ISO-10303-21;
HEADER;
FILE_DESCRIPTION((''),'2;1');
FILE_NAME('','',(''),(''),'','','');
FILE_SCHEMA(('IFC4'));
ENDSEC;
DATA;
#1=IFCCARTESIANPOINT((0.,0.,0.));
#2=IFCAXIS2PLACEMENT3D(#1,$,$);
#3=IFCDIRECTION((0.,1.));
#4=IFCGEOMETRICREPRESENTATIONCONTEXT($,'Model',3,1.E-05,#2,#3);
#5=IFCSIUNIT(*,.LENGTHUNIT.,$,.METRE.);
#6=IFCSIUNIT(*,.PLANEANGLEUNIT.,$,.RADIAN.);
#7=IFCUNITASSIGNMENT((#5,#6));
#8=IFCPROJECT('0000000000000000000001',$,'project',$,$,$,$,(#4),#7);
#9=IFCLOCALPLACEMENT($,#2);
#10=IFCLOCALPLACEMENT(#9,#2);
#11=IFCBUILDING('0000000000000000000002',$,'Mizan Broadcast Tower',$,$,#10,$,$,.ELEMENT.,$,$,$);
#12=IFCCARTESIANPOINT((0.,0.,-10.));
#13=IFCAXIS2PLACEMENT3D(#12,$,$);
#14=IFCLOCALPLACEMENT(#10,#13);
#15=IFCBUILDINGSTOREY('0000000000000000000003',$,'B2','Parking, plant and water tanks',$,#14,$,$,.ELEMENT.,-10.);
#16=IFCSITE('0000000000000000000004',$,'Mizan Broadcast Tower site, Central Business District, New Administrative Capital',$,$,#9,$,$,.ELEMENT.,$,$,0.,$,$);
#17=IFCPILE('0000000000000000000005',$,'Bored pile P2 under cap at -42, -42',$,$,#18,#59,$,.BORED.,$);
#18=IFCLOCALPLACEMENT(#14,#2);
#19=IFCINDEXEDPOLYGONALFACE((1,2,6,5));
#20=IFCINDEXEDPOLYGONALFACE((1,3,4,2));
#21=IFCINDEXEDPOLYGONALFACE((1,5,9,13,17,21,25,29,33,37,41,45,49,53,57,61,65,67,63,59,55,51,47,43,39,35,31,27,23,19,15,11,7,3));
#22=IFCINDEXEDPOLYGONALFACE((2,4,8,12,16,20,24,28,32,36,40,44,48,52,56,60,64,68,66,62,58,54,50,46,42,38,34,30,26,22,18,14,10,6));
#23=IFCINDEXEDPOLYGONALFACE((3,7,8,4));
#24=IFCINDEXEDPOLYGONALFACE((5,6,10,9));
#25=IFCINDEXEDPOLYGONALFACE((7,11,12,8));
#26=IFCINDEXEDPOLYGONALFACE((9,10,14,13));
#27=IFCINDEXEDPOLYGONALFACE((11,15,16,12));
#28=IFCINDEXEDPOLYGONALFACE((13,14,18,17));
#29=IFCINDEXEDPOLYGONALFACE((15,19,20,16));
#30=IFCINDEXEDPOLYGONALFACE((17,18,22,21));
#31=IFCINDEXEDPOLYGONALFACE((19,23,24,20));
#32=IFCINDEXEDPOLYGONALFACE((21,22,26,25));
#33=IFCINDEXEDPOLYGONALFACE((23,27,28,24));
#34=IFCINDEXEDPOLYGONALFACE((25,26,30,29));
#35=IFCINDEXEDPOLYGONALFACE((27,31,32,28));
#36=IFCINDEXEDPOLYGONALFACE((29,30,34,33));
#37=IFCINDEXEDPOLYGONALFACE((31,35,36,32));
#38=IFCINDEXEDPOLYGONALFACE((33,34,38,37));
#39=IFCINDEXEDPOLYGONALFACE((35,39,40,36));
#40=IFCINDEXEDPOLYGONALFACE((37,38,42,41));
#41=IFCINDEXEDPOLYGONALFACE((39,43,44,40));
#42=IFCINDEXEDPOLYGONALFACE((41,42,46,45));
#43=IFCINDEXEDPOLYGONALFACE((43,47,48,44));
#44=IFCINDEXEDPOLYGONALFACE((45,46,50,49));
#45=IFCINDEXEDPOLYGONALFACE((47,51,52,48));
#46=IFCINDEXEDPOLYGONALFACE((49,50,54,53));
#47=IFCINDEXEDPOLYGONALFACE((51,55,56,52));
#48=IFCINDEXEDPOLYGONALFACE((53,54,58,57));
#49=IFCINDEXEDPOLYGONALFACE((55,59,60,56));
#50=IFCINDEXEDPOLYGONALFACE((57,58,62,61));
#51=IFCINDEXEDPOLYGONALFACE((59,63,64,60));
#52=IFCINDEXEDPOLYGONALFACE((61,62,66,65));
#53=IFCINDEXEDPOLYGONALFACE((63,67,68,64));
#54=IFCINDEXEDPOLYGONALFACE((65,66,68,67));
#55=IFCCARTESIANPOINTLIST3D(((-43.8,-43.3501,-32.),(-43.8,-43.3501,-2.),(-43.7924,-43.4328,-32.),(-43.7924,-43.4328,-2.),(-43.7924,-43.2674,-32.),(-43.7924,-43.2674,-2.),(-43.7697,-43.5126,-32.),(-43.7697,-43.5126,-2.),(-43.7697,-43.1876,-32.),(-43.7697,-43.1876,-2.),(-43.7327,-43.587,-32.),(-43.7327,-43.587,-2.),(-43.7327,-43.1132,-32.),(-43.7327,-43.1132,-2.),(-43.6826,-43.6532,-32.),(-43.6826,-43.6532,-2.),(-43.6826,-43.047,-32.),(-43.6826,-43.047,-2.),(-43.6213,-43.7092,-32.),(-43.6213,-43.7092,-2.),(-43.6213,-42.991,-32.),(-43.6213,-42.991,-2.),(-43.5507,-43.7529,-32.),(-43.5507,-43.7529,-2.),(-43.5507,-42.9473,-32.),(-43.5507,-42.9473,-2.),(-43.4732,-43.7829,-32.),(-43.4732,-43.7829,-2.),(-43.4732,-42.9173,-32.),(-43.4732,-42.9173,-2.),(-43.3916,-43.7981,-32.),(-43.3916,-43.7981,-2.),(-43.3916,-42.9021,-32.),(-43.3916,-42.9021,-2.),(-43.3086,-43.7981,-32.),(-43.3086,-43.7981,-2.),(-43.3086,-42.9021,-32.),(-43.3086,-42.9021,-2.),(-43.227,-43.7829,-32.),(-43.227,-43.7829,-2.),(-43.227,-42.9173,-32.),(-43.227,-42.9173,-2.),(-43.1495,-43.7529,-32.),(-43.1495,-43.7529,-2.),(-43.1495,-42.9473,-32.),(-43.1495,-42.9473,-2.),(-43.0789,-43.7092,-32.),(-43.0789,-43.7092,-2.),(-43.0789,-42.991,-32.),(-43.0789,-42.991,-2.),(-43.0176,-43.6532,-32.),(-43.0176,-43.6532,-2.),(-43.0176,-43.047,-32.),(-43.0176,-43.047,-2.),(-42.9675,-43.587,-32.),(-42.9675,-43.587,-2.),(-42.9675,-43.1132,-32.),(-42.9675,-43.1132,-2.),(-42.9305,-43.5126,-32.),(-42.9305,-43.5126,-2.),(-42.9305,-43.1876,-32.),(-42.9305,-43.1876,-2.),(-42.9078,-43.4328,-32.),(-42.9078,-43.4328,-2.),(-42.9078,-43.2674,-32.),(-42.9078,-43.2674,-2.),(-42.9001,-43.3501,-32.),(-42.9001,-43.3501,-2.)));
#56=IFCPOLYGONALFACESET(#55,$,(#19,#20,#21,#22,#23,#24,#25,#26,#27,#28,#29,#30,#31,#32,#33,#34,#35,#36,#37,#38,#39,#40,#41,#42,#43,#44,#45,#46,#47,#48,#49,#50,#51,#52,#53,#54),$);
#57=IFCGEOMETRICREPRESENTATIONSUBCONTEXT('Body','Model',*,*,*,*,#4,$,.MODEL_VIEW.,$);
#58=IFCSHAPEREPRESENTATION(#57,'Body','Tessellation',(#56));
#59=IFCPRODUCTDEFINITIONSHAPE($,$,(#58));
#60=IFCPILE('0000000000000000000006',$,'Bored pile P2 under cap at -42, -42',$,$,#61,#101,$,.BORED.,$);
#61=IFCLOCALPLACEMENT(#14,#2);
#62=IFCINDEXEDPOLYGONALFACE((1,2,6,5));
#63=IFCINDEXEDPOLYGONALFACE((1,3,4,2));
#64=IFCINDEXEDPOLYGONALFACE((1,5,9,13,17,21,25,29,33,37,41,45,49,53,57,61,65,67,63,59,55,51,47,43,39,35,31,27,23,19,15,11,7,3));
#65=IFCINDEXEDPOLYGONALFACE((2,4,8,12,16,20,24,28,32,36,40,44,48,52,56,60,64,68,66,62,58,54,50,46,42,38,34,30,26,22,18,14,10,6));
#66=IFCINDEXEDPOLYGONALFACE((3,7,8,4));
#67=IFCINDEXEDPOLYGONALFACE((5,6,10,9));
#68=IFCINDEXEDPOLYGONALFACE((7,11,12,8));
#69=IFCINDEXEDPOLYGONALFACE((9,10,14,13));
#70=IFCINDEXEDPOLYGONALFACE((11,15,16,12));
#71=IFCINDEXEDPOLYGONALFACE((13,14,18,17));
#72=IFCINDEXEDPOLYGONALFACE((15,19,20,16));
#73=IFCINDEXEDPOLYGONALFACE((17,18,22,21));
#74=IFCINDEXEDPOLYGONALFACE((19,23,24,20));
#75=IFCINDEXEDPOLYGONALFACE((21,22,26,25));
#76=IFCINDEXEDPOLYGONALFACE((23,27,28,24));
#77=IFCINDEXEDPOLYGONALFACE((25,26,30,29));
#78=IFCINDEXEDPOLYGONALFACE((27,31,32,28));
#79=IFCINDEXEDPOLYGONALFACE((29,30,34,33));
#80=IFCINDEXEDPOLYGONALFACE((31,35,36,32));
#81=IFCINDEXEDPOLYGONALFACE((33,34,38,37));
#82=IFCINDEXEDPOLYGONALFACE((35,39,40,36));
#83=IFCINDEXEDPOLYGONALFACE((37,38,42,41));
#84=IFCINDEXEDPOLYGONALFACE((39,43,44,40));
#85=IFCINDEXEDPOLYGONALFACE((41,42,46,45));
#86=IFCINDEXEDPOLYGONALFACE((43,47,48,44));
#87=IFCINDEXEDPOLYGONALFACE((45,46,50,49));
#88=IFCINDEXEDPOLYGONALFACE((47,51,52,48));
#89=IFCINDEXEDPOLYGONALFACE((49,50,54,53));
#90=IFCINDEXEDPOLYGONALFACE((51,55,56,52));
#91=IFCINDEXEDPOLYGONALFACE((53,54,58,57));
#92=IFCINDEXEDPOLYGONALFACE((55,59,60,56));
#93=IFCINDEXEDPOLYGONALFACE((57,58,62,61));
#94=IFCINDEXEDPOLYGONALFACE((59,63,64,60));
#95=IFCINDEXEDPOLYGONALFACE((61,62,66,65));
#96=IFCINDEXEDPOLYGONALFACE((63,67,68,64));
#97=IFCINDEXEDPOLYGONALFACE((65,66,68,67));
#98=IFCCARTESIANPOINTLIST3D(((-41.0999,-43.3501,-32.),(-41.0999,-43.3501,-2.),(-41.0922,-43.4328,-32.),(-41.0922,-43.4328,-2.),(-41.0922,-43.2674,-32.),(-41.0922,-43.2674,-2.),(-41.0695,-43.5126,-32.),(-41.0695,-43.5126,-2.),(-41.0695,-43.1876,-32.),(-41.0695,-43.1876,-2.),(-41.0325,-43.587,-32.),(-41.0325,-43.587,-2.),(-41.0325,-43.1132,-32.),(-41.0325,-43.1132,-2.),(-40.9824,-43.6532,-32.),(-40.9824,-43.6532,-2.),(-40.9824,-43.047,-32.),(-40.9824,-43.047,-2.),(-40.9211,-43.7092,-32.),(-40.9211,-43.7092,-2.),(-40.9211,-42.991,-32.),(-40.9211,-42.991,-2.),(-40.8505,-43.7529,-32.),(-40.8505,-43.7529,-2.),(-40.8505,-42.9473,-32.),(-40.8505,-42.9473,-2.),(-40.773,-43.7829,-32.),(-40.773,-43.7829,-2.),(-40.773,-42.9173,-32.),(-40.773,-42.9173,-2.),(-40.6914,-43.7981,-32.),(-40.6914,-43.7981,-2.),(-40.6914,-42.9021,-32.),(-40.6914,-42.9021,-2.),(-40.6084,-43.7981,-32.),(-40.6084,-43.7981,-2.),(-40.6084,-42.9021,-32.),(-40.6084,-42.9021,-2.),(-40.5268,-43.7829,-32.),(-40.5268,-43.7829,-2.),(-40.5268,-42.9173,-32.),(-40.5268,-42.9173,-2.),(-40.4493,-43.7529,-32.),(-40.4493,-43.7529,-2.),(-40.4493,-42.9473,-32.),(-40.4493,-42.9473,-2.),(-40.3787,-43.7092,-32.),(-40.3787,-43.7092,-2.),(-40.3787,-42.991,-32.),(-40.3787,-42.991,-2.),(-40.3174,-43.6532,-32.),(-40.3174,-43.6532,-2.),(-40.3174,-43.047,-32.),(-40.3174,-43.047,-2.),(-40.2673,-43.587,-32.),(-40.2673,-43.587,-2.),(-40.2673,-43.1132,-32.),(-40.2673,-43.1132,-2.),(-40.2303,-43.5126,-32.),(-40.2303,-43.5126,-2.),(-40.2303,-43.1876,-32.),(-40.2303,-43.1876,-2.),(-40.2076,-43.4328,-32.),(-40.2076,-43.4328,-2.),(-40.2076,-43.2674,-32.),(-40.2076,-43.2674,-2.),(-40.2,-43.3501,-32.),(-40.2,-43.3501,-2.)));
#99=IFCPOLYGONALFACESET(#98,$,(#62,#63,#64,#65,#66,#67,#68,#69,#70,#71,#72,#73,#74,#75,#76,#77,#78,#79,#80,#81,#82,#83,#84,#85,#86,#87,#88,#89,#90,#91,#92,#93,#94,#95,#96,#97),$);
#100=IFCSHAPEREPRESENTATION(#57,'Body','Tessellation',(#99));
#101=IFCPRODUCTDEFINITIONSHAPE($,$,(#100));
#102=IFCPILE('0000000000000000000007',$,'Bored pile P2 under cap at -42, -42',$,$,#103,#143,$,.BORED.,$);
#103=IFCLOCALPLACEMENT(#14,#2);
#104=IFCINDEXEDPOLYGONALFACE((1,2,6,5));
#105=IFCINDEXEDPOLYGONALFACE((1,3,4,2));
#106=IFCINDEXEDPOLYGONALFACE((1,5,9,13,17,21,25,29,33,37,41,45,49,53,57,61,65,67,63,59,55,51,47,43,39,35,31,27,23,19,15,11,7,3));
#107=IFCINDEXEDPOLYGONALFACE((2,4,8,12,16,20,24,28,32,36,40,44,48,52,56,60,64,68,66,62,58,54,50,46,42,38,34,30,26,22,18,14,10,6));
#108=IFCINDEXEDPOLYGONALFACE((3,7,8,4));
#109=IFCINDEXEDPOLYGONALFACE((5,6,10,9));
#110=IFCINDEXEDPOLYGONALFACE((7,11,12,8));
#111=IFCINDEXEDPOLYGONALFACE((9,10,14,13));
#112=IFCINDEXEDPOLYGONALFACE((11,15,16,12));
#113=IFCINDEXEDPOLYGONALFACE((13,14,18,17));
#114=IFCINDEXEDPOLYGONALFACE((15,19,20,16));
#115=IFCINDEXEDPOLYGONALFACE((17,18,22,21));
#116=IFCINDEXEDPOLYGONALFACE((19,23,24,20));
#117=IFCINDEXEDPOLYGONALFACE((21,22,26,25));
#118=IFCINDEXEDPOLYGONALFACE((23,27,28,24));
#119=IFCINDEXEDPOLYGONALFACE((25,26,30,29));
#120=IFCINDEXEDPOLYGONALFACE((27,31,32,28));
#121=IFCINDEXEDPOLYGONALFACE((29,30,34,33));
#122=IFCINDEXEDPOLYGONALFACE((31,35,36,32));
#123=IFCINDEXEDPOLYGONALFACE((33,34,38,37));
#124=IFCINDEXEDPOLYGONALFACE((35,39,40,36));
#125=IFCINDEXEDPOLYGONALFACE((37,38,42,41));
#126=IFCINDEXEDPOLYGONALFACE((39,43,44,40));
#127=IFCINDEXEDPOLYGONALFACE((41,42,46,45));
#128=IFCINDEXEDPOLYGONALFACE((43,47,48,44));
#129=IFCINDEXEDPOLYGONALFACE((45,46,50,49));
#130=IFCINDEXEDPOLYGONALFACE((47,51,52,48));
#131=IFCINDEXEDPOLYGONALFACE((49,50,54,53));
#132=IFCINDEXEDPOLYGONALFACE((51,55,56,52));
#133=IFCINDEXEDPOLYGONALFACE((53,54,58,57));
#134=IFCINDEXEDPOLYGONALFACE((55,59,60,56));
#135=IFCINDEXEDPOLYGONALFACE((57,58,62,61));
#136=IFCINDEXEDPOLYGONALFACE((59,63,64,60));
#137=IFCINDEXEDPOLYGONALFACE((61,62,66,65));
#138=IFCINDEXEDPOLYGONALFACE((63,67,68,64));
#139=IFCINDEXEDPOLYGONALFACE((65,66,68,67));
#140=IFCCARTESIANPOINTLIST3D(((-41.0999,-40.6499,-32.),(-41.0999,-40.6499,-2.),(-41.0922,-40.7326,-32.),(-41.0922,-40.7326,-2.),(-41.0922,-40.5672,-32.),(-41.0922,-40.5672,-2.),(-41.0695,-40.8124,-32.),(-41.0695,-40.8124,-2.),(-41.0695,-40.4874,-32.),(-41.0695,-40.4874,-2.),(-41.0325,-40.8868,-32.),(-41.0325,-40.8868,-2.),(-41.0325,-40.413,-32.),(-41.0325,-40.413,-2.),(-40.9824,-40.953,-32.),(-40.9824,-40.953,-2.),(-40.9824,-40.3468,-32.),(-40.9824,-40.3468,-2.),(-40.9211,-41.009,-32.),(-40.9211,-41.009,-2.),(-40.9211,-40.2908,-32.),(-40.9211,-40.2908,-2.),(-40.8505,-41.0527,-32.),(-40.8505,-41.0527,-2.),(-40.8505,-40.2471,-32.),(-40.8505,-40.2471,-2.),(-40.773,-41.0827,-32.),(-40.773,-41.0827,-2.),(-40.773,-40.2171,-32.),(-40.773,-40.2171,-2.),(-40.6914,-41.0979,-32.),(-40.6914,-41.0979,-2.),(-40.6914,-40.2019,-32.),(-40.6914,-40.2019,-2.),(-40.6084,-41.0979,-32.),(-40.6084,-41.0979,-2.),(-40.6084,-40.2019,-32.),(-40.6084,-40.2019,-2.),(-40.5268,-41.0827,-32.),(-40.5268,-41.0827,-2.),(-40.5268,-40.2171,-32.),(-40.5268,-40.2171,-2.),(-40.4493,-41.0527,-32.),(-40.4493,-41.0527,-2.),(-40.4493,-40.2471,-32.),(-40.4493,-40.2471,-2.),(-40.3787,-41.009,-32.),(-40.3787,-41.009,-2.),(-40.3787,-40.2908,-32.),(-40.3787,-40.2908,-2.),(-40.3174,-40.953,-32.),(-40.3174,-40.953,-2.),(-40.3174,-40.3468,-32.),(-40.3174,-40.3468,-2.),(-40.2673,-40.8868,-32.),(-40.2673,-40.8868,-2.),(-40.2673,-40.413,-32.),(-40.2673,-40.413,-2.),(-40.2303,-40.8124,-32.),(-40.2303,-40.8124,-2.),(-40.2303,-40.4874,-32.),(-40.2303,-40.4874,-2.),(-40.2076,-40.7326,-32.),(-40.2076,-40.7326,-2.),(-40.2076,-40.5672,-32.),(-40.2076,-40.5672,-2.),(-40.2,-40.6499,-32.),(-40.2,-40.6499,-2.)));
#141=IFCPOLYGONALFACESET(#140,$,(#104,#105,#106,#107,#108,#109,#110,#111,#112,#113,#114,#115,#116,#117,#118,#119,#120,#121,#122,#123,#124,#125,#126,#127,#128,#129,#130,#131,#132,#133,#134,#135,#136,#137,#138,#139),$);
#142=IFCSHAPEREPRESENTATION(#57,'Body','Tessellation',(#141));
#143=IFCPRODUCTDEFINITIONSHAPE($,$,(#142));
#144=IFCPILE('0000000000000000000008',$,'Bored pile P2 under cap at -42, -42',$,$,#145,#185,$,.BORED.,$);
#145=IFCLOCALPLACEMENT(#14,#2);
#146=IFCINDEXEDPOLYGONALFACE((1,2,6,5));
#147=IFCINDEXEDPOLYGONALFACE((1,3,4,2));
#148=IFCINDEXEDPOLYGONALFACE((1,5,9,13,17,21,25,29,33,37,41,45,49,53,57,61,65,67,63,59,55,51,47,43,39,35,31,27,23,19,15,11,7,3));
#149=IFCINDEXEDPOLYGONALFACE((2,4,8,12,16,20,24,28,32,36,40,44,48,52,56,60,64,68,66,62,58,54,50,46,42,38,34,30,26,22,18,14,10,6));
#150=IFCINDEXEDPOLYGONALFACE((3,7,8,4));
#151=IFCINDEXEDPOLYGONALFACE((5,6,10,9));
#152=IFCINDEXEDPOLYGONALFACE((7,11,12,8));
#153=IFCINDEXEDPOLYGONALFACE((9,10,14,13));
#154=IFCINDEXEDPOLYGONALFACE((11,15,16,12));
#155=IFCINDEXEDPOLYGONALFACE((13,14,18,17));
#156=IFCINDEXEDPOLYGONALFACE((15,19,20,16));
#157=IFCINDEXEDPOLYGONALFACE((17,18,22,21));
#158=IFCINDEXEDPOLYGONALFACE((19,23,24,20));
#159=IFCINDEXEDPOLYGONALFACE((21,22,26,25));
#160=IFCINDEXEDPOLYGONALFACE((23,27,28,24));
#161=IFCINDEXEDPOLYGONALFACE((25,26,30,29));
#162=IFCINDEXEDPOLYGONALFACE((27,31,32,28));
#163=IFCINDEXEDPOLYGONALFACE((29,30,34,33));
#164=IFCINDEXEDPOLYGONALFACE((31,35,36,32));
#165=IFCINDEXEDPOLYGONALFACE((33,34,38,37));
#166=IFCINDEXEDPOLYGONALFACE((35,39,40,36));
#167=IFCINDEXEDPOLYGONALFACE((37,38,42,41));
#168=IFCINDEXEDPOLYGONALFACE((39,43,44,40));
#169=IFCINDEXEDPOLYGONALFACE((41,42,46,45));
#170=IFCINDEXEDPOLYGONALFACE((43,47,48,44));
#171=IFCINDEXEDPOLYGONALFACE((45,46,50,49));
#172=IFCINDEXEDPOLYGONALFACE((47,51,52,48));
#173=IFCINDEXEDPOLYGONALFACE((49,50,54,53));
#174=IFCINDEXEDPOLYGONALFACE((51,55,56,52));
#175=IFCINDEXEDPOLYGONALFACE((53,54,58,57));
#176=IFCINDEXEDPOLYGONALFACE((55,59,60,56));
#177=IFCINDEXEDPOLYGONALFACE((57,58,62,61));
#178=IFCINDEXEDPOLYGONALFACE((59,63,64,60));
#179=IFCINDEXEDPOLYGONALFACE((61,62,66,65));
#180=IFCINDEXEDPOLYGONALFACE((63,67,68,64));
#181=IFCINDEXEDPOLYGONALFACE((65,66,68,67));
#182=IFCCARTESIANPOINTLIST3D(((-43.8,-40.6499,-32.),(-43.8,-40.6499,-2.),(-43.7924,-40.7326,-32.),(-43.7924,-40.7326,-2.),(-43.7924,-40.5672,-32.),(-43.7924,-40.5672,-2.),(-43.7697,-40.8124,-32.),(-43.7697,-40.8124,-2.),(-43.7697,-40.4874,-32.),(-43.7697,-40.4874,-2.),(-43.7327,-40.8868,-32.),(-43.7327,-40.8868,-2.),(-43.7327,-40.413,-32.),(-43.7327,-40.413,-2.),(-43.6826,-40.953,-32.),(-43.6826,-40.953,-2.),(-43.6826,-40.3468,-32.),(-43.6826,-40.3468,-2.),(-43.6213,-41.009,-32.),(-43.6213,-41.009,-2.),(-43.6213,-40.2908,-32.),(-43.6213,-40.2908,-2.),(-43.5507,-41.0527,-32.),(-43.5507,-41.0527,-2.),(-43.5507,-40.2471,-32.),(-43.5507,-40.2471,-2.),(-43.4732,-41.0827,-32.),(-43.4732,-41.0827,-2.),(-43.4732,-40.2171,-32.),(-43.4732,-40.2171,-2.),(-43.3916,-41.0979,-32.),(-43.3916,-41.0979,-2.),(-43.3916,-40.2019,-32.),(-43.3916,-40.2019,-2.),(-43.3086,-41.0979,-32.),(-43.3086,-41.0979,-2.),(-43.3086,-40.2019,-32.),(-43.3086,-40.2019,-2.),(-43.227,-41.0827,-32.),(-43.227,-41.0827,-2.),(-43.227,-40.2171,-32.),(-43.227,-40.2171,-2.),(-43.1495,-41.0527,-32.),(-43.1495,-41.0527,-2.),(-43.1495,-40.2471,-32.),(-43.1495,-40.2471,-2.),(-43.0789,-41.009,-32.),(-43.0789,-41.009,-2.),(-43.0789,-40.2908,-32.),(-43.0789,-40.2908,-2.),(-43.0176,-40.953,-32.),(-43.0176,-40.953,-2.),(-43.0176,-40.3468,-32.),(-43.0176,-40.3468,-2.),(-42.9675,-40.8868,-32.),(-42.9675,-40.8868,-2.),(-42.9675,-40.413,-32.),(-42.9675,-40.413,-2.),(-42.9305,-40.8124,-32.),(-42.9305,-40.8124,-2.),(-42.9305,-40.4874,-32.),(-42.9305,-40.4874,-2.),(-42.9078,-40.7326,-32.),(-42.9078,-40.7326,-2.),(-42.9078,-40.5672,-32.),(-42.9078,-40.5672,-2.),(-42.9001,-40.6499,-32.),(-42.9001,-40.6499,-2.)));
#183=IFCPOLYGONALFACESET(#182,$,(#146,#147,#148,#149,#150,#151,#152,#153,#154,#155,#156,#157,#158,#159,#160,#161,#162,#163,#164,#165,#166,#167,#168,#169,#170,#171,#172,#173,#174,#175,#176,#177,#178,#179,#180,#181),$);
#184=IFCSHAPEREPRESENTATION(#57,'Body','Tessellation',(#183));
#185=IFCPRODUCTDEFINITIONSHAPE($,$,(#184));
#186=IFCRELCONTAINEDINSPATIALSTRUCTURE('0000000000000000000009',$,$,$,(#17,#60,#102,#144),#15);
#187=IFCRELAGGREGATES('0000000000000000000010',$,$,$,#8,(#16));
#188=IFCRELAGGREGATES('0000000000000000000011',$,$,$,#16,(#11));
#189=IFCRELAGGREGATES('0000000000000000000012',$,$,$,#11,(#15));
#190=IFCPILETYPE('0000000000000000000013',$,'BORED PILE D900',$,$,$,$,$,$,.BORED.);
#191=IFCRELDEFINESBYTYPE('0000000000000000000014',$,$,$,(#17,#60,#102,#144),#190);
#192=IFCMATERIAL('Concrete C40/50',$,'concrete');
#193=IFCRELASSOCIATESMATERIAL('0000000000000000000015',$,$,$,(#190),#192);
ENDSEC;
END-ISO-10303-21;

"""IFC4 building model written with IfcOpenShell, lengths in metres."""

from ifc_helpers import new_model, si_unit, direction, frame, origin, origin_2d, place, context, subcontext, project, spatial, circle, extrude, material, material_profile, profile_set, type_object, element, save


model = new_model("IFC4")

# Units and contexts
model_context = context("Model", 3, precision=1e-05, world=origin(), true_north=direction((0.0, 1.0)))
body_context = subcontext(model_context, "Body", "Model", "MODEL_VIEW")
ifc_project = project(units=[si_unit("LENGTHUNIT", "METRE"), si_unit("PLANEANGLEUNIT", "RADIAN")], contexts=[model_context])

# Site, building, storey
site_placement = place(None, origin())
site = spatial("IfcSite", under=ifc_project, at=site_placement, Name="Mizan Broadcast Tower site, Central Business District, New Administrative Capital", CompositionType="ELEMENT", RefElevation=0.0)
building_placement = place(site_placement, origin())
building = spatial("IfcBuilding", under=site, at=building_placement, Name="Mizan Broadcast Tower", CompositionType="ELEMENT")
storey_placement = place(building_placement, frame((0.0, 0.0, -10.0)))
storey = spatial("IfcBuildingStorey", under=building, at=storey_placement, Name="B2", Description="Parking, plant and water tanks", CompositionType="ELEMENT", Elevation=-10.0)

# Piles
ifc_material_1 = material(Name="Concrete C40/50", Category="concrete")
ifc_material_profile_1 = material_profile(ifc_material_1, circle(Radius=0.45, at=origin_2d()), Name="D900")
ifc_profile_set_1 = profile_set([ifc_material_profile_1], Name="Concrete C40/50")
pile_type = type_object("IfcPileType", Name="BORED PILE D900", PredefinedType="BORED", material=ifc_profile_set_1)
for number, where, z_axis, x_axis, name in (
    (1, (-43.3501, -43.3501, -2.0), (0.0, 0.0, -1.0), (1.0, 0.0, 0.0), "Bored pile P2 under cap at -42, -42"),
    (2, (-40.6499, -43.3501, -2.0), (0.0, 0.0, -1.0), (1.0, 0.0, 0.0), "Bored pile P2 under cap at -42, -42"),
    (3, (-40.6499, -40.6499, -2.0), (0.0, 0.0, -1.0), (1.0, 0.0, 0.0), "Bored pile P2 under cap at -42, -42"),
    (4, (-43.3501, -40.6499, -2.0), (0.0, 0.0, -1.0), (1.0, 0.0, 0.0), "Bored pile P2 under cap at -42, -42"),
):
    element("IfcPile", number, at=place(storey_placement, frame(where, z_axis=z_axis, x_axis=x_axis)), inside=storey, type_object=pile_type, Name=name, PredefinedType="BORED", context=body_context, shape_type="SweptSolid", body=[
        extrude(circle(Radius=0.45, at=origin_2d()), origin(), (0.0, 0.0, 1.0), 30.0),
    ])

save(model, "model.ifc")
